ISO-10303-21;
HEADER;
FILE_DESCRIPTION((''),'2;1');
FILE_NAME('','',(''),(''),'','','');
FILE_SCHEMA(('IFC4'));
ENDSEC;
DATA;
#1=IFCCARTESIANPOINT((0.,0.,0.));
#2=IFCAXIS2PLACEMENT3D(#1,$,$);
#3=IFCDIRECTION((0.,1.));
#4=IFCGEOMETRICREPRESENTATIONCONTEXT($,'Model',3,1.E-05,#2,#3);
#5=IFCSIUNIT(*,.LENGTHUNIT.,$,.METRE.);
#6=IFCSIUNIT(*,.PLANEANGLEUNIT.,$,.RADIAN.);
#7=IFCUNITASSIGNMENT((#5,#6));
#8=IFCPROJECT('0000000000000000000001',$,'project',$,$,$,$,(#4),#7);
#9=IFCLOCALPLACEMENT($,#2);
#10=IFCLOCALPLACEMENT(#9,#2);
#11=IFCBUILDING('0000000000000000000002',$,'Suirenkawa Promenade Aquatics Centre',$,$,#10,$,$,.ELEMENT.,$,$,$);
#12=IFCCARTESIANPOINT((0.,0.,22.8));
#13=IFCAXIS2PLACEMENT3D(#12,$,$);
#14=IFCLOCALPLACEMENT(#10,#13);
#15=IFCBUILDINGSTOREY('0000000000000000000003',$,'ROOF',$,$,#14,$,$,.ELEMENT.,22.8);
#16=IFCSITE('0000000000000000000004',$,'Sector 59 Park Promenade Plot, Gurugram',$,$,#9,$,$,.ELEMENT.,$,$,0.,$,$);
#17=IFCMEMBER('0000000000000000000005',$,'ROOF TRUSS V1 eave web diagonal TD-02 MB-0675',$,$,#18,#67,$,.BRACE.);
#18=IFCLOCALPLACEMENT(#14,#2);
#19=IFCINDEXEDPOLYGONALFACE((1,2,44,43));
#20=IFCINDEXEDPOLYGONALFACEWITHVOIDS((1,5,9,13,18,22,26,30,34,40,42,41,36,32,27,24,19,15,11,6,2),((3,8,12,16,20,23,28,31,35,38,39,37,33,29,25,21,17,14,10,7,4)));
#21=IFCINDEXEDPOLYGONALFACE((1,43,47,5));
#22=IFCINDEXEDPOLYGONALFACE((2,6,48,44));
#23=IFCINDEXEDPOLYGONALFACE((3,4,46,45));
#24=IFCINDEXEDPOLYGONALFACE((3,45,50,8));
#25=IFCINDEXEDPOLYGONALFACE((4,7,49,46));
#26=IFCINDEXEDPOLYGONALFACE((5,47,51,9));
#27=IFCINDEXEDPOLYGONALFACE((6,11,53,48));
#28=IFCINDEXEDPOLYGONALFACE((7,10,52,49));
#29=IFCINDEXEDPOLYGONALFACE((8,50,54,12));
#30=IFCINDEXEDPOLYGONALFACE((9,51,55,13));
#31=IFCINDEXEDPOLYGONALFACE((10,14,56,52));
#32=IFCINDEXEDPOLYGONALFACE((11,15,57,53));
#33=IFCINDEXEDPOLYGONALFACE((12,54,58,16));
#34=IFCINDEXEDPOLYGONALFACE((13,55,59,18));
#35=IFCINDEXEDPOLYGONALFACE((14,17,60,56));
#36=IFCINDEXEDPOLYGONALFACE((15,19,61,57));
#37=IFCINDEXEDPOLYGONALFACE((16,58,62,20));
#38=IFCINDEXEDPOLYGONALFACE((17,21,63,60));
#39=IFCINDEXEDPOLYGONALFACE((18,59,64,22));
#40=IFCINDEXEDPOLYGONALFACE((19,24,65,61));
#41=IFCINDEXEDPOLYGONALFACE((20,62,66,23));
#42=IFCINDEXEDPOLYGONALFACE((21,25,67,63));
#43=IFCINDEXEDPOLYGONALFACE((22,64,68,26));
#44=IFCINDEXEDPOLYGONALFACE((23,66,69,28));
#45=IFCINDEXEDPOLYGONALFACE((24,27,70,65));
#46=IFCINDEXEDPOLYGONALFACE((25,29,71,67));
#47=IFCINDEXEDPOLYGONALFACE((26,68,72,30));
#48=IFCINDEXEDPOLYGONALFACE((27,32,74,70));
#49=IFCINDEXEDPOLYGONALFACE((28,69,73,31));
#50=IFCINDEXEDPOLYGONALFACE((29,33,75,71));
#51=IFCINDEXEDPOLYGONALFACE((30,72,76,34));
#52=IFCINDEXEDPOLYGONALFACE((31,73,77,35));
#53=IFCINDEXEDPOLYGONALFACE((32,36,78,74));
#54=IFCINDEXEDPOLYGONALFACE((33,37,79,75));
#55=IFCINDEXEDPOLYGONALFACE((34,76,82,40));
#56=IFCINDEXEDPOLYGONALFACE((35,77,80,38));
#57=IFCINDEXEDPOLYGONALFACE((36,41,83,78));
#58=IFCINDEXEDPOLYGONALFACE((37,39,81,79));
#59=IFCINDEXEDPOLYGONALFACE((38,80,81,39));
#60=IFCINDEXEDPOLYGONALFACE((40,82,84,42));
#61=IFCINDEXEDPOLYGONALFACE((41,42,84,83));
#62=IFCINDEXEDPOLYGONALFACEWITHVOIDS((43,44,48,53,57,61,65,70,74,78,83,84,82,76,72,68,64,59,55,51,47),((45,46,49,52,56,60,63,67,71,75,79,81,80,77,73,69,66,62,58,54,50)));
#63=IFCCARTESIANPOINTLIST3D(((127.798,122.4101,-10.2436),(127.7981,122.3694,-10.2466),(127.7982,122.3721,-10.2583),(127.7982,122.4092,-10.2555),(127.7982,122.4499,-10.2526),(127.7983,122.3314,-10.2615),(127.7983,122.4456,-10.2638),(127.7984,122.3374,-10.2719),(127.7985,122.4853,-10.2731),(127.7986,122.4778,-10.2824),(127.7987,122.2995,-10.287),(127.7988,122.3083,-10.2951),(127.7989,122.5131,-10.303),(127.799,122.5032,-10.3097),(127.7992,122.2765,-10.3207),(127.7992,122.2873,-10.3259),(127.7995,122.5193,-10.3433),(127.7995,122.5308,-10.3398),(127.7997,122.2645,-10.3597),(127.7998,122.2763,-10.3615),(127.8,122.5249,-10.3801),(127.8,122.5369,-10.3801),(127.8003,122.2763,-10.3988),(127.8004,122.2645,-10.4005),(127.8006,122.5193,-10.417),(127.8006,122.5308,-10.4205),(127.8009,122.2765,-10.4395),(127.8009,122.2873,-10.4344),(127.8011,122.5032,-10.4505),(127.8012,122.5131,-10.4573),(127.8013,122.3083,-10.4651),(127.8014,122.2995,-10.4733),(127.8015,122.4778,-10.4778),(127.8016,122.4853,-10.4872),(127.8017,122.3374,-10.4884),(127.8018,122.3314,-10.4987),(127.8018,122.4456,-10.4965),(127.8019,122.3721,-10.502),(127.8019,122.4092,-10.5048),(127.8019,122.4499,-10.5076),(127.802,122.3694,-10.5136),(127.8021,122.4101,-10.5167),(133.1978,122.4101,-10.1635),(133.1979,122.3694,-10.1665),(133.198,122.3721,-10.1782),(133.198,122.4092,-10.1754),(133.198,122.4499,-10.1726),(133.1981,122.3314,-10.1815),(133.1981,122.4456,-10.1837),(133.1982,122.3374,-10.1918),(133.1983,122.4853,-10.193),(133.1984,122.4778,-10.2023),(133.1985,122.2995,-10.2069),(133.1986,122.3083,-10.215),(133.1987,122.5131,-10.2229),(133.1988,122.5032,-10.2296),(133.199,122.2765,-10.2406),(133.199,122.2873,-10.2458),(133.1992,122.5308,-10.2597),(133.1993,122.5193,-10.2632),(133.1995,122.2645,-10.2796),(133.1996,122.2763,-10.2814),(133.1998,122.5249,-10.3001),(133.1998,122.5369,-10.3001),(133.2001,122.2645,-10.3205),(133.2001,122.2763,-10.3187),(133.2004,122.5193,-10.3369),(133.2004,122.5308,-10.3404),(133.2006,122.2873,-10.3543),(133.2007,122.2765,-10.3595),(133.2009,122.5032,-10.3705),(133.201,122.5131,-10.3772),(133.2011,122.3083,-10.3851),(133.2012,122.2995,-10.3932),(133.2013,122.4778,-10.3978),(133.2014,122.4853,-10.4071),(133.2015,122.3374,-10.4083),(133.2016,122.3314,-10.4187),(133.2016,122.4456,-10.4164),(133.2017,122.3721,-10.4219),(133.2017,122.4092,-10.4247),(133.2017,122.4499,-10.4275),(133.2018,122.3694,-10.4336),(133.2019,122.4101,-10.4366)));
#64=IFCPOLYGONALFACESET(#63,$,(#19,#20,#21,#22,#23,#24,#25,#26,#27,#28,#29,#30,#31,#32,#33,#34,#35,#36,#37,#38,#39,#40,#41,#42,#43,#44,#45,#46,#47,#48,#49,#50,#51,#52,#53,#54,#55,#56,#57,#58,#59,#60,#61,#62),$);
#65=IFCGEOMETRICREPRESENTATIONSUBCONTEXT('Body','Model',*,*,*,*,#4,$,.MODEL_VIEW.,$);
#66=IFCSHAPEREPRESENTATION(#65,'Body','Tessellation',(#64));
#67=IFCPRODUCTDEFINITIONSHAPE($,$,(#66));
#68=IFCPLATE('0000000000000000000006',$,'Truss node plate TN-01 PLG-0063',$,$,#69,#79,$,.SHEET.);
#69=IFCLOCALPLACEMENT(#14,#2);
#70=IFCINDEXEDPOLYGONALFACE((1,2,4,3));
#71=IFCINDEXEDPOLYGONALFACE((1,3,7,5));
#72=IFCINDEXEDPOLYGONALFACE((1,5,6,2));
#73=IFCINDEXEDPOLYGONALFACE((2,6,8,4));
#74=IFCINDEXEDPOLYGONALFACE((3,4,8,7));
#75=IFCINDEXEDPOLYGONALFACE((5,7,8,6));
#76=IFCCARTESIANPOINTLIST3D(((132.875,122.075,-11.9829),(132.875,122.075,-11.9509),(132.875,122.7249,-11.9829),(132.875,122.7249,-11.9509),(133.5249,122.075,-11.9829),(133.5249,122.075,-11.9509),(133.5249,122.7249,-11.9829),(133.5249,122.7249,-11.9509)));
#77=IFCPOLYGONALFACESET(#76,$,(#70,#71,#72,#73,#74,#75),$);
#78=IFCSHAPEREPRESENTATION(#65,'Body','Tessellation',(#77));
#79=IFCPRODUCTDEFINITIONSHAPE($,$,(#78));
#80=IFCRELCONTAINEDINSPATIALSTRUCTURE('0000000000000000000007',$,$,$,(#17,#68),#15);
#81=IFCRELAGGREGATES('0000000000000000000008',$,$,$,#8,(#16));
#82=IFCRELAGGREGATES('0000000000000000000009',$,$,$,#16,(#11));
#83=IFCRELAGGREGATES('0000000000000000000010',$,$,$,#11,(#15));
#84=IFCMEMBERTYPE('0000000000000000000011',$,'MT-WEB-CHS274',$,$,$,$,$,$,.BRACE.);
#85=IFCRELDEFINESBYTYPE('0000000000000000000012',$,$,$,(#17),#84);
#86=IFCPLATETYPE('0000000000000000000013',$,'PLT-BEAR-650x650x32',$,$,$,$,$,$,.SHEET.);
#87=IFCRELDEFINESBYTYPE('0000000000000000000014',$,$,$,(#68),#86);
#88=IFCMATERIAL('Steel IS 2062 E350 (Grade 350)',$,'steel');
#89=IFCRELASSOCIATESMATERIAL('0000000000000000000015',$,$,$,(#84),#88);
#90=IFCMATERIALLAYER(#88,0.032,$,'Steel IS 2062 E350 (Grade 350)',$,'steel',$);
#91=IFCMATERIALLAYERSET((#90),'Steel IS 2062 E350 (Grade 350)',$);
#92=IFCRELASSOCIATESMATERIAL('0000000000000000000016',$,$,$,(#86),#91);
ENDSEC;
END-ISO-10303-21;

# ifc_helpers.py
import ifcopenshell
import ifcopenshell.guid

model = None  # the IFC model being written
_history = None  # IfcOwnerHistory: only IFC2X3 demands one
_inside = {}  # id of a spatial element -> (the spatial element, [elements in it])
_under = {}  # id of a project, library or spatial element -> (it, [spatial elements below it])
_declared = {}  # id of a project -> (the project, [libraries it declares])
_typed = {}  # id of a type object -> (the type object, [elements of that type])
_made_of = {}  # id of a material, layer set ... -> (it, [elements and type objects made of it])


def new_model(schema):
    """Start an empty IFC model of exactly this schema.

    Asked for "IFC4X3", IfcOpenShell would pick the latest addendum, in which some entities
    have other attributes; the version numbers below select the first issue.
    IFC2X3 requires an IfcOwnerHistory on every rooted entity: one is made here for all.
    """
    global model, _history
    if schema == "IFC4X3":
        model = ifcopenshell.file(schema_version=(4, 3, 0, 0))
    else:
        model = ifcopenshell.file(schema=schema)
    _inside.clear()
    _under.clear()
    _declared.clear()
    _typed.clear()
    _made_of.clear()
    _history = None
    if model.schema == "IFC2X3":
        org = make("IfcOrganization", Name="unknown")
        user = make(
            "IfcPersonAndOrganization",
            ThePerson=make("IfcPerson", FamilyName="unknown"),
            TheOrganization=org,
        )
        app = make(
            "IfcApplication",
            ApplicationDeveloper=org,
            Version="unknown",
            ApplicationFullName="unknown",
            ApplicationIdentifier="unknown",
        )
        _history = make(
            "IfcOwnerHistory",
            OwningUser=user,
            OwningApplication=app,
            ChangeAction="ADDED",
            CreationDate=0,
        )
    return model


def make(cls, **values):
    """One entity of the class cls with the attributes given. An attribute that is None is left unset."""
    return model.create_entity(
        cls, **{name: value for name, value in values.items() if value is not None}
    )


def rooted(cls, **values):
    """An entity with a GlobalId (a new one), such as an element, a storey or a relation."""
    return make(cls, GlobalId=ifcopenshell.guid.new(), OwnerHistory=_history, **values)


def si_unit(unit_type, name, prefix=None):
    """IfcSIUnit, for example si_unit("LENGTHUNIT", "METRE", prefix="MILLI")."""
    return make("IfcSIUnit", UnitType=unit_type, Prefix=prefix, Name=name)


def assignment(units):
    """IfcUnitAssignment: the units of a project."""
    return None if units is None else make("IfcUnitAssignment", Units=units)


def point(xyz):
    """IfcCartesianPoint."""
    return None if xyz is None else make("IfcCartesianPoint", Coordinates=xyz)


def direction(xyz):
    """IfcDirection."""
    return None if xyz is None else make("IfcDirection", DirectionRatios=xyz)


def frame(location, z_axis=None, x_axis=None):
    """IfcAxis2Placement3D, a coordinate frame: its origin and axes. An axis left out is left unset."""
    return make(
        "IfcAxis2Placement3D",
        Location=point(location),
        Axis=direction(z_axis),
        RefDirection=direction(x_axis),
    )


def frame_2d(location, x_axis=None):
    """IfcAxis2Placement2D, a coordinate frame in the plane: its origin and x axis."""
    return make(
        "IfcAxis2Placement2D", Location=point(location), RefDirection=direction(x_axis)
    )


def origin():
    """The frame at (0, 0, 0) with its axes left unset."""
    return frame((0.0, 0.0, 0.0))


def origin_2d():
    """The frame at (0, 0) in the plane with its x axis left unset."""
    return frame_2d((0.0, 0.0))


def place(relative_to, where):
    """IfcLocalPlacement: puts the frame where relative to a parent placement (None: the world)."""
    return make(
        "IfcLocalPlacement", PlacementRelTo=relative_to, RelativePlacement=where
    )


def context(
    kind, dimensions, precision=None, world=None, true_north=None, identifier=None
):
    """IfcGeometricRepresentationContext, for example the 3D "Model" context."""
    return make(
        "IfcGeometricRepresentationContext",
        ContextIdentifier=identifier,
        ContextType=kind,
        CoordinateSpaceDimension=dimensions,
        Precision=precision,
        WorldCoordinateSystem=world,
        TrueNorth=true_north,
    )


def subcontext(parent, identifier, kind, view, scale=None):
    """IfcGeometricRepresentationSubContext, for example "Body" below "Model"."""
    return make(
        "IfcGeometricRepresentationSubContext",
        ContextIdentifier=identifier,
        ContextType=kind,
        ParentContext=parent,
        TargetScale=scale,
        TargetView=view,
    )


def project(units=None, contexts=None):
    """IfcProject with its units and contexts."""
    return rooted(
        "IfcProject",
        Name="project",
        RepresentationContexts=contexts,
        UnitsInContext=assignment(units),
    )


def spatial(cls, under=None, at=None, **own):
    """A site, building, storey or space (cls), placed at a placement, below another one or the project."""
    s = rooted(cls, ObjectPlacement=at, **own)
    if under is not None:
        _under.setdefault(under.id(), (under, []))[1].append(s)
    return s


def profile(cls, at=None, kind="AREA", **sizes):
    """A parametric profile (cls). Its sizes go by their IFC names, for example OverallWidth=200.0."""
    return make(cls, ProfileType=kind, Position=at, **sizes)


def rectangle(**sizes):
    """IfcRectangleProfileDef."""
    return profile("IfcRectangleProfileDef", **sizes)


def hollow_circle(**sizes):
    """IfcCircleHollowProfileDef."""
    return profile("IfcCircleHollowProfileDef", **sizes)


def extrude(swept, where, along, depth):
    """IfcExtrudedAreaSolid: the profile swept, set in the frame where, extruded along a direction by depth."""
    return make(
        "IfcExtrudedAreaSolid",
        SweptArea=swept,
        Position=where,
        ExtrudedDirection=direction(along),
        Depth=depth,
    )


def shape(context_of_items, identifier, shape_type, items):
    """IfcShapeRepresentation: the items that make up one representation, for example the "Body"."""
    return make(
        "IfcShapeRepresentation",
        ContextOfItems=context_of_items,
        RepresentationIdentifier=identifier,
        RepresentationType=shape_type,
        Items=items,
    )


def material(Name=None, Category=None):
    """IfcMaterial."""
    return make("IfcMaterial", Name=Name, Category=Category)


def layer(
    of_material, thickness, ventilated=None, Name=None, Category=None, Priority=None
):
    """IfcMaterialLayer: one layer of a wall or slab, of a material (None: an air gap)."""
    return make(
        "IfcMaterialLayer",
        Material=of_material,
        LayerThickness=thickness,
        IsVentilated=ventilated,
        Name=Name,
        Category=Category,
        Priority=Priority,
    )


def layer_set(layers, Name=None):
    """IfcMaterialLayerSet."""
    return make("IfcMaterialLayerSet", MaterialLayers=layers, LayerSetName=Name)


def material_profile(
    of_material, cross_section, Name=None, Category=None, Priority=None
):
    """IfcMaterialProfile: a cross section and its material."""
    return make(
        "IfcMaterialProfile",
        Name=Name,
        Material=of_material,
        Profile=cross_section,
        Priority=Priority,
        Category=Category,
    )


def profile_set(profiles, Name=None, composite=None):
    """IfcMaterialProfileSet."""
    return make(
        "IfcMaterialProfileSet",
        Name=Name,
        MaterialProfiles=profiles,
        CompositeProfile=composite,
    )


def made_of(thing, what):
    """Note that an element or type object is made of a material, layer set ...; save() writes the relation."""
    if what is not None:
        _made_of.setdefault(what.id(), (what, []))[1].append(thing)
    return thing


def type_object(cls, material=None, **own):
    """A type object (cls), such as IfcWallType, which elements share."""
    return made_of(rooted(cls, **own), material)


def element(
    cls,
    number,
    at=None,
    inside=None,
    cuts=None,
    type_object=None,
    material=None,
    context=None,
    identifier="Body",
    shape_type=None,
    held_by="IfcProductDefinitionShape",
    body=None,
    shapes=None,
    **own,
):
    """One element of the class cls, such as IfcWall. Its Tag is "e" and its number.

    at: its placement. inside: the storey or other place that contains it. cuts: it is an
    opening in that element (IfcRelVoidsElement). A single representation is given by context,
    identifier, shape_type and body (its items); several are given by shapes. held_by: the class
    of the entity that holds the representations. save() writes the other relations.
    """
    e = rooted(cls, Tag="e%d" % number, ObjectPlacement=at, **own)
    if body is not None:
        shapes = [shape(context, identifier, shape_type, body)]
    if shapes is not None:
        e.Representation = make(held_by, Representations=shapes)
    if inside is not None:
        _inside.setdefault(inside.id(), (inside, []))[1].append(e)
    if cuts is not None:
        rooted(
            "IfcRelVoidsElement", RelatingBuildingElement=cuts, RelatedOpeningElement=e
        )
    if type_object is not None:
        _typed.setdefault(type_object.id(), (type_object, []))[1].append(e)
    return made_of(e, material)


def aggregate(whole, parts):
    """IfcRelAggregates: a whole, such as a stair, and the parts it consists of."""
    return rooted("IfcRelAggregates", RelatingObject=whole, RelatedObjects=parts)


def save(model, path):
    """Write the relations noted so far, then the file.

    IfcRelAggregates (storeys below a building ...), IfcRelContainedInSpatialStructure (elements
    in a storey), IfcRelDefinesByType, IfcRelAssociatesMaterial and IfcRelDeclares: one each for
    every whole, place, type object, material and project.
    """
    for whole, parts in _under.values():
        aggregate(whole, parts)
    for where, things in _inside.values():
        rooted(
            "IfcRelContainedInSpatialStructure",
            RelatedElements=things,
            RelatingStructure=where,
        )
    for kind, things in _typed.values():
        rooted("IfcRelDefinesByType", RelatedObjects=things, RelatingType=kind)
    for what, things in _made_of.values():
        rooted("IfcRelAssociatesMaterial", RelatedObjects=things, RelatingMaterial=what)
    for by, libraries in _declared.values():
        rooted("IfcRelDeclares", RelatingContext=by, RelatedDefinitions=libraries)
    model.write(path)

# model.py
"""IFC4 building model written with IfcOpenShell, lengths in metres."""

from ifc_helpers import new_model, si_unit, direction, frame, origin, origin_2d, place, context, subcontext, project, spatial, rectangle, hollow_circle, extrude, material, layer, layer_set, material_profile, profile_set, type_object, element, save


model = new_model("IFC4")

# Units and contexts
model_context = context("Model", 3, precision=1e-05, world=origin(), true_north=direction((0.0, 1.0)))
body_context = subcontext(model_context, "Body", "Model", "MODEL_VIEW")
ifc_project = project(units=[si_unit("LENGTHUNIT", "METRE"), si_unit("PLANEANGLEUNIT", "RADIAN")], contexts=[model_context])

# Site, building, storey
site_placement = place(None, origin())
site = spatial("IfcSite", under=ifc_project, at=site_placement, Name="Sector 59 Park Promenade Plot, Gurugram", CompositionType="ELEMENT", RefElevation=0.0)
building_placement = place(site_placement, origin())
building = spatial("IfcBuilding", under=site, at=building_placement, Name="Suirenkawa Promenade Aquatics Centre", CompositionType="ELEMENT")
storey_placement = place(building_placement, frame((0.0, 0.0, 22.8)))
storey = spatial("IfcBuildingStorey", under=building, at=storey_placement, Name="ROOF", CompositionType="ELEMENT", Elevation=22.8)

# Shared definitions
ifc_material = material(Name="Steel IS 2062 E350 (Grade 350)", Category="steel")

# Member
ifc_material_profile_1 = material_profile(ifc_material, hollow_circle(Radius=0.137, WallThickness=0.012, at=origin_2d()), Name="CHS 274x12", Category="steel")
ifc_profile_set_1 = profile_set([ifc_material_profile_1], Name="Steel IS 2062 E350 (Grade 350)")
member_type_1 = type_object("IfcMemberType", Name="MT-WEB-CHS274", PredefinedType="BRACE", material=ifc_profile_set_1)
member_1_placement = place(storey_placement, frame((127.8, 122.3999, -10.3801), z_axis=(0.99989, 0.0, 0.014828), x_axis=(0.0, 1.0, 0.0)))
element("IfcMember", 1, at=member_1_placement, inside=storey, type_object=member_type_1, Name="ROOF TRUSS V1 eave web diagonal TD-02 MB-0675", PredefinedType="BRACE", context=body_context, shape_type="SweptSolid", body=[
    extrude(hollow_circle(Radius=0.137, WallThickness=0.012, at=origin_2d()), origin(), (0.0, 0.0, 1.0), 5.4004),
])

# Plate
ifc_layer = layer(ifc_material, 0.032, Name="Steel IS 2062 E350 (Grade 350)", Category="steel")
ifc_layer_set = layer_set([ifc_layer], Name="Steel IS 2062 E350 (Grade 350)")
plate_type = type_object("IfcPlateType", Name="PLT-BEAR-650x650x32", PredefinedType="SHEET", material=ifc_layer_set)
plate_placement = place(storey_placement, frame((133.2, 122.3999, -11.9829), z_axis=(0.0, 0.0, 1.0), x_axis=(1.0, 0.0, 0.0)))
element("IfcPlate", 2, at=plate_placement, inside=storey, type_object=plate_type, Name="Truss node plate TN-01 PLG-0063", PredefinedType="SHEET", context=body_context, shape_type="SweptSolid", body=[
    extrude(rectangle(XDim=0.6499, YDim=0.6499, at=origin_2d()), origin(), (0.0, 0.0, 1.0), 0.032),
])

save(model, "model.ifc")
